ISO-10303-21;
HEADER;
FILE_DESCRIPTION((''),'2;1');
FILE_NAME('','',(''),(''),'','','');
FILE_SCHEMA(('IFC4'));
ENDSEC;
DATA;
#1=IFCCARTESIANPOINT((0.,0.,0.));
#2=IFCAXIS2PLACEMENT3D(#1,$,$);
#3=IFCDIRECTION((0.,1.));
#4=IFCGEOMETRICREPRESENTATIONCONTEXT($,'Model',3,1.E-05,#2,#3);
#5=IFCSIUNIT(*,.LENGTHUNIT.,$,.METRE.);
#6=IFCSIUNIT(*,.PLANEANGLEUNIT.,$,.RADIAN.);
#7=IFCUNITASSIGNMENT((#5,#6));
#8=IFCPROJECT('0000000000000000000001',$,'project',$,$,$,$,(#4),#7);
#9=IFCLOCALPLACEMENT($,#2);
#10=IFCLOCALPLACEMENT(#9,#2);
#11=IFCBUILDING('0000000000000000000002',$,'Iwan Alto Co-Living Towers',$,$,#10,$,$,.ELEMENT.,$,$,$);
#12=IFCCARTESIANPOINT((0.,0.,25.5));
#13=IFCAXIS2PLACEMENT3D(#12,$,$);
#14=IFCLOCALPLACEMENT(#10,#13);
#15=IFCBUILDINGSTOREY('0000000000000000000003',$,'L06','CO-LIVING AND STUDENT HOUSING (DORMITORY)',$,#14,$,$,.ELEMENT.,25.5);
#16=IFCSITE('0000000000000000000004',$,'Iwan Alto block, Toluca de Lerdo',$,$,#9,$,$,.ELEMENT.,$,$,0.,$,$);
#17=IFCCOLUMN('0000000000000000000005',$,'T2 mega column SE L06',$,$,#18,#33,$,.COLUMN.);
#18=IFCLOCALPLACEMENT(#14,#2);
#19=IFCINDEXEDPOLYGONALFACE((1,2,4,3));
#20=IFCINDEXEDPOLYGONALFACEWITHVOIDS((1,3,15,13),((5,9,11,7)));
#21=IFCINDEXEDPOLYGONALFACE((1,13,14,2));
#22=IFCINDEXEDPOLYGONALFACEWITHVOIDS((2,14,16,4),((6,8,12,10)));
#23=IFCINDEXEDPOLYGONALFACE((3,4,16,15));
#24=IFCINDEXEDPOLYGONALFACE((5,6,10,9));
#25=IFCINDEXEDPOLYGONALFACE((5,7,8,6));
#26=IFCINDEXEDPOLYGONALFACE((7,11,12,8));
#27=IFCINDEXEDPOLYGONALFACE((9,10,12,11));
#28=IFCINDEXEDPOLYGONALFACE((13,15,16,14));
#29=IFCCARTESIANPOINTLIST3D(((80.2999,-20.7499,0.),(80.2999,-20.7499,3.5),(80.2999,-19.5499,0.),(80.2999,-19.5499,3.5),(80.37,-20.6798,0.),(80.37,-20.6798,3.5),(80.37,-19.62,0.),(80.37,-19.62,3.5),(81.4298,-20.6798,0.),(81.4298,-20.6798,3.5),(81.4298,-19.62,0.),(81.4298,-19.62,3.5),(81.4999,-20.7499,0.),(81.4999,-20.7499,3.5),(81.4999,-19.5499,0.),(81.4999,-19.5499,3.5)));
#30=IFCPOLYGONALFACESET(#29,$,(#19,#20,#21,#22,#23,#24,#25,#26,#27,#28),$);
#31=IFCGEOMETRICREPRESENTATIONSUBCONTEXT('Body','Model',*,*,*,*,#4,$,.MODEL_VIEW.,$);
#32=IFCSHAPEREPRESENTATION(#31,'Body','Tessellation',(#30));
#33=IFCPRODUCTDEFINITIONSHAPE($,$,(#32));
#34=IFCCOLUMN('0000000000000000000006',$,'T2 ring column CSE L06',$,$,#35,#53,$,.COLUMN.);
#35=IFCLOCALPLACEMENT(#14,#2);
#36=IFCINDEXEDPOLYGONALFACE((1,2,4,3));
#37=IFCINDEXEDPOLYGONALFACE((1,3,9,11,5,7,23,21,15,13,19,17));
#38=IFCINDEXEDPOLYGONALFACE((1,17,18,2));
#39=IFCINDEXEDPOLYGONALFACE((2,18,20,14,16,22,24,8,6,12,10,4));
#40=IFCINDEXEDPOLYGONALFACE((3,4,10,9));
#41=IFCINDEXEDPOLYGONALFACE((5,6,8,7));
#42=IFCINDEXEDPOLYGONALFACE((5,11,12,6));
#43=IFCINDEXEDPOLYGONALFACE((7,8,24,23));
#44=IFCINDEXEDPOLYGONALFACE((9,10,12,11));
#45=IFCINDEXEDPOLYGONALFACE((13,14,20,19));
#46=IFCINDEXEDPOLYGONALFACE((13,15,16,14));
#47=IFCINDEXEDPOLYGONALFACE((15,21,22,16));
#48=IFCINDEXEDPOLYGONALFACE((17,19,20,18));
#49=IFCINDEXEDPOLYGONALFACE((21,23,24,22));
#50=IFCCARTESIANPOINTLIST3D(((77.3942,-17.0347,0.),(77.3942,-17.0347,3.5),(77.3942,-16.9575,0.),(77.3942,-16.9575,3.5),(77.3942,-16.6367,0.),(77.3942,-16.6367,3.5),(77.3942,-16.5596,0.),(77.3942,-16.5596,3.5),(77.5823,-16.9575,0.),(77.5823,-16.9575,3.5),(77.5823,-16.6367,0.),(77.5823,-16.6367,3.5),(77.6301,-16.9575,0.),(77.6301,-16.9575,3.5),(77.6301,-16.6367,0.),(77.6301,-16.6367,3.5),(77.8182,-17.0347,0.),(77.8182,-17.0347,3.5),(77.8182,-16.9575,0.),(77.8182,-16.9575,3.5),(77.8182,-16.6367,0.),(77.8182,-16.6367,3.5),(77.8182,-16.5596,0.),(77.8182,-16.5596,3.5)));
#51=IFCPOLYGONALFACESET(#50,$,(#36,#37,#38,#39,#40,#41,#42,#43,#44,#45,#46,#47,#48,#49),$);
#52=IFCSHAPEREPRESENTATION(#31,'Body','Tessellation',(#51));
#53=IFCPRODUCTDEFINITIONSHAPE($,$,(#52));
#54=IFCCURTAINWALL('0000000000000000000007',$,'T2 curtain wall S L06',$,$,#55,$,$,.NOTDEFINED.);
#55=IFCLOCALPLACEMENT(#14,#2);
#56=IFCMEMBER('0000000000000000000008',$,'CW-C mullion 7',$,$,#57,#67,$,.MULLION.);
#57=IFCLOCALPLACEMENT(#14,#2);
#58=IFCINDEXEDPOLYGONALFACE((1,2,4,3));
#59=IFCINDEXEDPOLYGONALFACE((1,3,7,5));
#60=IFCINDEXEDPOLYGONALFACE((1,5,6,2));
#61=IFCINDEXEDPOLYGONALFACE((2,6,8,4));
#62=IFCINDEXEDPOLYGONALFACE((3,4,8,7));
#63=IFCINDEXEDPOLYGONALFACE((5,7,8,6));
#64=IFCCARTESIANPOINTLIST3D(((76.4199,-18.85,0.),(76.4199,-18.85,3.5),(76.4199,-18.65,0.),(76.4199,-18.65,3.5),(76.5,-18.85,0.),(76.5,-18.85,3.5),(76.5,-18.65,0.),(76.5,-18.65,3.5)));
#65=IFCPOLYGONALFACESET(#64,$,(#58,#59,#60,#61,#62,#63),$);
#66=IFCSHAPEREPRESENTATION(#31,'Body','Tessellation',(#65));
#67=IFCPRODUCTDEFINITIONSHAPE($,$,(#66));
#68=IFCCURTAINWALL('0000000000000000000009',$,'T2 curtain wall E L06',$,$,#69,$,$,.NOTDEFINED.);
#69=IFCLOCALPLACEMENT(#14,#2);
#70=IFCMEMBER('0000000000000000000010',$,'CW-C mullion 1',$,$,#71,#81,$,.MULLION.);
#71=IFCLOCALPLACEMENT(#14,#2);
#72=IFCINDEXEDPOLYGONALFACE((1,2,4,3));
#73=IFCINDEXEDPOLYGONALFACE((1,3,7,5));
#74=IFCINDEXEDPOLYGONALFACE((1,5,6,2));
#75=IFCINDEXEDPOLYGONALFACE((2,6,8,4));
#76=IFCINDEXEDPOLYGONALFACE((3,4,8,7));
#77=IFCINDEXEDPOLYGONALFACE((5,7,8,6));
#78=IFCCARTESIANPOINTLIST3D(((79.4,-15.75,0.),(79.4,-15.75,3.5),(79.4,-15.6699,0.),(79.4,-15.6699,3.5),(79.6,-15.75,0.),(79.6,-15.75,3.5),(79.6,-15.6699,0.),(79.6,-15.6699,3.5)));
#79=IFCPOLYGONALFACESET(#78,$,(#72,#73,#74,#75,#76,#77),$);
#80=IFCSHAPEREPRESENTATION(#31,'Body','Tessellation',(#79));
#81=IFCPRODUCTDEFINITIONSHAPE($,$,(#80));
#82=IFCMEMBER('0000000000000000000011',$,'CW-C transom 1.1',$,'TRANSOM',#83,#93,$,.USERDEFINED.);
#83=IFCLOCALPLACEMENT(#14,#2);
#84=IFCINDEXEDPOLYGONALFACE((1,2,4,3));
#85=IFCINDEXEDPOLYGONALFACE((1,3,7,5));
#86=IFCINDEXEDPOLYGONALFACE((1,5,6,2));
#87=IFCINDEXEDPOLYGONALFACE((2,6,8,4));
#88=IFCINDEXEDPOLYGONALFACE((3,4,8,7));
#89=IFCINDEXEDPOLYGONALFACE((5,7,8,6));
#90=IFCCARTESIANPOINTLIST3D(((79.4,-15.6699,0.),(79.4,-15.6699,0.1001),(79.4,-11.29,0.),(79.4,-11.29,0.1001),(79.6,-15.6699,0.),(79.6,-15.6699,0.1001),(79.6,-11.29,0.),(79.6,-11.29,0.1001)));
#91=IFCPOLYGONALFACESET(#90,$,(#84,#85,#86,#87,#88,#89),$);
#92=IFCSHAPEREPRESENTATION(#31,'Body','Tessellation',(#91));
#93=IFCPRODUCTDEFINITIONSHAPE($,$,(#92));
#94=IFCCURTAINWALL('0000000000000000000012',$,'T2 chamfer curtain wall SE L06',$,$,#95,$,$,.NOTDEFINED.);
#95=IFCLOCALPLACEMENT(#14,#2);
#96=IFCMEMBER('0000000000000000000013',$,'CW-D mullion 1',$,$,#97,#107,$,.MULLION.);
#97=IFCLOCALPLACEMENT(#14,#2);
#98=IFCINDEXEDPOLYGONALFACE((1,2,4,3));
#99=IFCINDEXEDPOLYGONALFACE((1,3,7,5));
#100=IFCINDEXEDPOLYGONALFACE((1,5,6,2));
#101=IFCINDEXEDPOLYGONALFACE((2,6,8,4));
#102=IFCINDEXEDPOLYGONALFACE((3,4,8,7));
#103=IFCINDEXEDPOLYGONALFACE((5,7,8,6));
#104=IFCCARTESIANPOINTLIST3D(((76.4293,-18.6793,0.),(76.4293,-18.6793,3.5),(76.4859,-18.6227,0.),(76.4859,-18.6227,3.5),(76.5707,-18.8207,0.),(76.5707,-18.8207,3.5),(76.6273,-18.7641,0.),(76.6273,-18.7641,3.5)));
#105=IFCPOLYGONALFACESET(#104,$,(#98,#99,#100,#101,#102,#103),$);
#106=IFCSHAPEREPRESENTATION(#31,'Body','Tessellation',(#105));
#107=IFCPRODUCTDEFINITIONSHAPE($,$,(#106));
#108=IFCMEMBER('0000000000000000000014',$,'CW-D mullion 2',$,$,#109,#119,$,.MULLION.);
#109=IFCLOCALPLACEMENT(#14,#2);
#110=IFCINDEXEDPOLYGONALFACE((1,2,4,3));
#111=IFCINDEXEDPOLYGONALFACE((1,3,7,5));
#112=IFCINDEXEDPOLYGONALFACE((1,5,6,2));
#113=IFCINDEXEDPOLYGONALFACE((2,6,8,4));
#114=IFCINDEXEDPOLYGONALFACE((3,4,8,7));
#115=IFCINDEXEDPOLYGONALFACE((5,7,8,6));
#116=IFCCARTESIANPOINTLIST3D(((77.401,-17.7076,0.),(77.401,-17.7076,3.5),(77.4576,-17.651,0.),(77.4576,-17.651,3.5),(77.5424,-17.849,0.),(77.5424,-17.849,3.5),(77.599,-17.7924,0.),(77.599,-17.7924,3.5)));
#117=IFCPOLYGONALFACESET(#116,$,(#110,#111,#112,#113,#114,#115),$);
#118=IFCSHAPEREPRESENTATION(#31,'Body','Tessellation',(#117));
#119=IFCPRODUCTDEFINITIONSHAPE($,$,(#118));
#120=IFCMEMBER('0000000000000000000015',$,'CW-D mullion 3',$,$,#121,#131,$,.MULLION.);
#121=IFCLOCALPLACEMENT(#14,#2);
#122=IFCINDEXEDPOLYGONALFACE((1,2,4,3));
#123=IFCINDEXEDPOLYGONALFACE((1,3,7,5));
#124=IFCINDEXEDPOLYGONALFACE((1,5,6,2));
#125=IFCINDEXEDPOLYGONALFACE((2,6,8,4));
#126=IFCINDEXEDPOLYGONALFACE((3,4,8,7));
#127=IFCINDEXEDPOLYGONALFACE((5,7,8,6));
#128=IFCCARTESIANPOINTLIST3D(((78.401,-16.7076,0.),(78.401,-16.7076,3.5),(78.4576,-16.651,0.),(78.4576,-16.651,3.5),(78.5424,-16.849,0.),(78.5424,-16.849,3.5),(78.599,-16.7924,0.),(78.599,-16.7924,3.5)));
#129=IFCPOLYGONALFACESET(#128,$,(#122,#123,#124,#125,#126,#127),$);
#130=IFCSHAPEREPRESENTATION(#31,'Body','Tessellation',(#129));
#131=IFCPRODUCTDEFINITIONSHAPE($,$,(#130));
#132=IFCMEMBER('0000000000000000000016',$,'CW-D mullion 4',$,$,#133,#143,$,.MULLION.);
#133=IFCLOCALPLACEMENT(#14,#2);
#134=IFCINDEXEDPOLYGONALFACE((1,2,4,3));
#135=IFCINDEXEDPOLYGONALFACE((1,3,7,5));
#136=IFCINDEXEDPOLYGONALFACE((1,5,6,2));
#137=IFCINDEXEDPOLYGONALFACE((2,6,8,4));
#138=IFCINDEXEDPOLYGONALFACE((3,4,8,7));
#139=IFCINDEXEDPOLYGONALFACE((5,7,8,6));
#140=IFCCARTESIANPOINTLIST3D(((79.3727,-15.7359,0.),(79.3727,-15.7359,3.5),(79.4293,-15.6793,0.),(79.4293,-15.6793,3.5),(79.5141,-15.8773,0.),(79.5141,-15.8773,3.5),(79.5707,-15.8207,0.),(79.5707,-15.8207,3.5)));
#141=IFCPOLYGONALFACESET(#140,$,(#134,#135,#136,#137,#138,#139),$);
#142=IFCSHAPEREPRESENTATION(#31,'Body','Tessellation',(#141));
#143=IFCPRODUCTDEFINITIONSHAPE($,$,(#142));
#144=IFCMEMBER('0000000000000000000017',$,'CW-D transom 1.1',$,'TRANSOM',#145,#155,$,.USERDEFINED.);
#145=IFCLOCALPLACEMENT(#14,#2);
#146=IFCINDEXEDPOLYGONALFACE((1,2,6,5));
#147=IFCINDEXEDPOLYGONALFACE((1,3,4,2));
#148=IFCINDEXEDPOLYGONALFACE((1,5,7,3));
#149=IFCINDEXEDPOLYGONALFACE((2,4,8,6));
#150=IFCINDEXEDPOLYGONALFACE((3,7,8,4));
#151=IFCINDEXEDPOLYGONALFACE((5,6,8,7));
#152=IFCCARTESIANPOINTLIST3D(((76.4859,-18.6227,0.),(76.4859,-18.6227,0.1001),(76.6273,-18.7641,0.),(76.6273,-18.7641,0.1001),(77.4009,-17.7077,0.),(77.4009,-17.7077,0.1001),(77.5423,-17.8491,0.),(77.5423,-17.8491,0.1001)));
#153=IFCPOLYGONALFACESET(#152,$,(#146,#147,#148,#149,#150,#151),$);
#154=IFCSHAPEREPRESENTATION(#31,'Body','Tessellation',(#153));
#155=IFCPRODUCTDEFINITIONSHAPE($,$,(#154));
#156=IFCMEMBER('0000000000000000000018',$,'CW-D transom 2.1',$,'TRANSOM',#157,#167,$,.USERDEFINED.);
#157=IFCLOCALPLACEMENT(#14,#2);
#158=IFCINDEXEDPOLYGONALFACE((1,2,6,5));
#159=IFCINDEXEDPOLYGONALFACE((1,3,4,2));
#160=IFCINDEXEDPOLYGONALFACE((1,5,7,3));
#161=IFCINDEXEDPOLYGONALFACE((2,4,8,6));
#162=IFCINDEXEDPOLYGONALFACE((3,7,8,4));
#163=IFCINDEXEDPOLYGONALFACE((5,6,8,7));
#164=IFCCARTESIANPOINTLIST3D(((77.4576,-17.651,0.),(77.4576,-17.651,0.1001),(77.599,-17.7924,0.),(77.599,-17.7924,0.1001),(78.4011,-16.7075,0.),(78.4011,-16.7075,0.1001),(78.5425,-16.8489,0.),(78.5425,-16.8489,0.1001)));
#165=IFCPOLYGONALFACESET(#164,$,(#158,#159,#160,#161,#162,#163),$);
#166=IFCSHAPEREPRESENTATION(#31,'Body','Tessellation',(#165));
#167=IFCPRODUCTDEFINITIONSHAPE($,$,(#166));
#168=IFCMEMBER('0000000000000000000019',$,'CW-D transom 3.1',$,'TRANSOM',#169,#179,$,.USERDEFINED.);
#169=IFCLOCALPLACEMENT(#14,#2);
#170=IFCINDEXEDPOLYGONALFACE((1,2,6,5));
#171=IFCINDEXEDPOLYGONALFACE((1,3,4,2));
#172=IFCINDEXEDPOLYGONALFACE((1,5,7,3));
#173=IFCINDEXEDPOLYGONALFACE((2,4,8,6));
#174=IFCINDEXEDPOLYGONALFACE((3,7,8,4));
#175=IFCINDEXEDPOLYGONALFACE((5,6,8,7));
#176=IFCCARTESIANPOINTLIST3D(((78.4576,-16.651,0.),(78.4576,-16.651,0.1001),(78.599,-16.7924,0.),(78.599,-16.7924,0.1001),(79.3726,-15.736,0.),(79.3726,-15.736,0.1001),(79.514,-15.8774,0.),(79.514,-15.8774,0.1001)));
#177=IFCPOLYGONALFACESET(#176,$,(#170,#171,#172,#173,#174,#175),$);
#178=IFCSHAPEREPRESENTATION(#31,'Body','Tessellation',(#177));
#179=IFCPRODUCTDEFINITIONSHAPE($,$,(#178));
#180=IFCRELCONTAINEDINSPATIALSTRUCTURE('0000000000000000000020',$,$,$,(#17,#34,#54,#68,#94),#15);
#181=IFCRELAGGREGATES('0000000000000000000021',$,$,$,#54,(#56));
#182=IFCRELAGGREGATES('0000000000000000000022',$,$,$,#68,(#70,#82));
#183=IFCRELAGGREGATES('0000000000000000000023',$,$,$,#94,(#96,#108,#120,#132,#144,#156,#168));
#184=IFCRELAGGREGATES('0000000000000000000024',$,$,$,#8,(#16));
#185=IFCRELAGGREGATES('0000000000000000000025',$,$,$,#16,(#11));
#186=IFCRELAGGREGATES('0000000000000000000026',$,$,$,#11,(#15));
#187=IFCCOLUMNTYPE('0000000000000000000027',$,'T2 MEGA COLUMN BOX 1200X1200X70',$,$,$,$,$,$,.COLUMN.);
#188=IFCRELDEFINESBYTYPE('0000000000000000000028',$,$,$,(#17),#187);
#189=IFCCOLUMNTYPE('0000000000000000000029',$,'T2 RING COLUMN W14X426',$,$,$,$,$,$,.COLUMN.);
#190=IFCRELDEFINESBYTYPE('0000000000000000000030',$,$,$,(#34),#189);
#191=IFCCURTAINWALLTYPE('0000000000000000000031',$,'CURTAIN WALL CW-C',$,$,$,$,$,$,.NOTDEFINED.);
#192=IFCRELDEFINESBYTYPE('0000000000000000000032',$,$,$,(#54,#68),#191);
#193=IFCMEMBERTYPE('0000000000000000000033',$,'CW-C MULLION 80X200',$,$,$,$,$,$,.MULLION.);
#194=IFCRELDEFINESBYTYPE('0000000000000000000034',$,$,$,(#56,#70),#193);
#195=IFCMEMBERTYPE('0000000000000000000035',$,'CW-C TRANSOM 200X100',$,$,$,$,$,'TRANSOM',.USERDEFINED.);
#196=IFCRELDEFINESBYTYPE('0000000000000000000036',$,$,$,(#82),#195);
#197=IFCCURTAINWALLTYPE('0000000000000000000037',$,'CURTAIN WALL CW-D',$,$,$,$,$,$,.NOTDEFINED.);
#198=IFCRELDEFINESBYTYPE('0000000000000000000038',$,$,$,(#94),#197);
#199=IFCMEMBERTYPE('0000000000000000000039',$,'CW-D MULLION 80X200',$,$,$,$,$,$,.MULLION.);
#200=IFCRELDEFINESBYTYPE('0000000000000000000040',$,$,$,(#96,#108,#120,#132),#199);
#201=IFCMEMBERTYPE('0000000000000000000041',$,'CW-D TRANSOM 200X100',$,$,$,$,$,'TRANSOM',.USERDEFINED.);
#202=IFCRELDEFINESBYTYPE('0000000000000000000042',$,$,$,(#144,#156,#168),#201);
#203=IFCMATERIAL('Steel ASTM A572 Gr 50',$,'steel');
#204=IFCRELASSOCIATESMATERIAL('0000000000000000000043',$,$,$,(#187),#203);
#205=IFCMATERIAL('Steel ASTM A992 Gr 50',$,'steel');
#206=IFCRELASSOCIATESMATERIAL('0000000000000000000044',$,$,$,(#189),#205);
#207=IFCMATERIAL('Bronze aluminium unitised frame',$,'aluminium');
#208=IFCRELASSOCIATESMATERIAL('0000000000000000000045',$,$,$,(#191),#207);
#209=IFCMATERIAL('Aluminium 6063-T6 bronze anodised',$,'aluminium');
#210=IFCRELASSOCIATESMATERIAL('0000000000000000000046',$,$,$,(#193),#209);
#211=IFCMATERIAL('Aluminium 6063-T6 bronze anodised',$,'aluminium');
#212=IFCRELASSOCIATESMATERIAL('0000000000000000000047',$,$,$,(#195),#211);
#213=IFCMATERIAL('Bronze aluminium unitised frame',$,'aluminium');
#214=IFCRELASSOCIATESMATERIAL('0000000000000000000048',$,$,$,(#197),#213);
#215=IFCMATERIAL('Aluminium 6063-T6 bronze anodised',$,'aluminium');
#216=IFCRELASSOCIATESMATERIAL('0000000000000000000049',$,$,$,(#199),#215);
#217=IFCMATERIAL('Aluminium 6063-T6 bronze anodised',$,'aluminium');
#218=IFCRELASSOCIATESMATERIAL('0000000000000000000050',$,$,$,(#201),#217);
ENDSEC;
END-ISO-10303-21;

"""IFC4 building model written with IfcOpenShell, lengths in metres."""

from ifc_helpers import new_model, si_unit, direction, frame, origin, origin_2d, place, context, subcontext, project, spatial, rectangle, hollow_rectangle, i_section, extrude, material, material_profile, profile_set, type_object, element, aggregate, save


model = new_model("IFC4")

# Units and contexts
model_context = context("Model", 3, precision=1e-05, world=origin(), true_north=direction((0.0, 1.0)))
body_context = subcontext(model_context, "Body", "Model", "MODEL_VIEW")
ifc_project = project(units=[si_unit("LENGTHUNIT", "METRE"), si_unit("PLANEANGLEUNIT", "RADIAN")], contexts=[model_context])

# Site, building, storey
site_placement = place(None, origin())
site = spatial("IfcSite", under=ifc_project, at=site_placement, Name="Iwan Alto block, Toluca de Lerdo", CompositionType="ELEMENT", RefElevation=0.0)
building_placement = place(site_placement, origin())
building = spatial("IfcBuilding", under=site, at=building_placement, Name="Iwan Alto Co-Living Towers", CompositionType="ELEMENT")
storey_placement = place(building_placement, frame((0.0, 0.0, 25.5)))
storey = spatial("IfcBuildingStorey", under=building, at=storey_placement, Name="L06", Description="CO-LIVING AND STUDENT HOUSING (DORMITORY)", CompositionType="ELEMENT", Elevation=25.5)

# Columns
ifc_material_1 = material(Name="Steel ASTM A572 Gr 50", Category="steel")
ifc_material_profile_1 = material_profile(ifc_material_1, hollow_rectangle(XDim=1.2, YDim=1.2, WallThickness=0.0701, at=origin_2d()), Name="BOX 1200X1200X70")
ifc_profile_set_1 = profile_set([ifc_material_profile_1], Name="Steel ASTM A572 Gr 50")
column_type_1 = type_object("IfcColumnType", Name="T2 MEGA COLUMN BOX 1200X1200X70", PredefinedType="COLUMN", material=ifc_profile_set_1)
column_1_placement = place(storey_placement, frame((80.8999, -20.1499, 0.0), z_axis=(0.0, 0.0, 1.0), x_axis=(1.0, 0.0, 0.0)))
element("IfcColumn", 1, at=column_1_placement, inside=storey, type_object=column_type_1, Name="T2 mega column SE L06", PredefinedType="COLUMN", context=body_context, shape_type="SweptSolid", body=[
    extrude(hollow_rectangle(XDim=1.2, YDim=1.2, WallThickness=0.0701, at=origin_2d()), origin(), (0.0, 0.0, 1.0), 3.5),
])
ifc_material_2 = material(Name="Steel ASTM A992 Gr 50", Category="steel")
ifc_material_profile_2 = material_profile(ifc_material_2, i_section(OverallWidth=0.4241, OverallDepth=0.4751, WebThickness=0.0479, FlangeThickness=0.0771, at=origin_2d()), Name="W14X426")
ifc_profile_set_2 = profile_set([ifc_material_profile_2], Name="Steel ASTM A992 Gr 50")
column_type_2 = type_object("IfcColumnType", Name="T2 RING COLUMN W14X426", PredefinedType="COLUMN", material=ifc_profile_set_2)
column_2_placement = place(storey_placement, frame((77.6062, -16.7971, 0.0), z_axis=(0.0, 0.0, 1.0), x_axis=(1.0, 0.0, 0.0)))
element("IfcColumn", 2, at=column_2_placement, inside=storey, type_object=column_type_2, Name="T2 ring column CSE L06", PredefinedType="COLUMN", context=body_context, shape_type="SweptSolid", body=[
    extrude(i_section(OverallWidth=0.4241, OverallDepth=0.4751, WebThickness=0.0479, FlangeThickness=0.0771, at=origin_2d()), origin(), (0.0, 0.0, 1.0), 3.5),
])

# Curtain wall, member
ifc_material_3 = material(Name="Bronze aluminium unitised frame", Category="aluminium")
curtain_wall_type_1 = type_object("IfcCurtainWallType", Name="CURTAIN WALL CW-C", PredefinedType="NOTDEFINED", material=ifc_material_3)
curtain_wall_1_placement = place(storey_placement, origin())
curtain_wall_1 = element("IfcCurtainWall", 3, at=curtain_wall_1_placement, inside=storey, type_object=curtain_wall_type_1, Name="T2 curtain wall S L06", PredefinedType="NOTDEFINED")
ifc_material_4 = material(Name="Aluminium 6063-T6 bronze anodised", Category="aluminium")
ifc_material_profile_3 = material_profile(ifc_material_4, rectangle(XDim=0.2, YDim=0.0801, at=origin_2d()), Name="AL 80X200")
ifc_profile_set_3 = profile_set([ifc_material_profile_3], Name="Aluminium 6063-T6 bronze anodised")
member_type_1 = type_object("IfcMemberType", Name="CW-C MULLION 80X200", PredefinedType="MULLION", material=ifc_profile_set_3)
member_1_placement = place(storey_placement, frame((76.46, -18.75, 0.0), z_axis=(0.0, 0.0, 1.0), x_axis=(0.0, 1.0, 0.0)))
member_1 = element("IfcMember", 4, at=member_1_placement, type_object=member_type_1, Name="CW-C mullion 7", PredefinedType="MULLION", context=body_context, shape_type="SweptSolid", body=[
    extrude(rectangle(XDim=0.2, YDim=0.0801, at=origin_2d()), origin(), (0.0, 0.0, 1.0), 3.5),
])

# Curtain walls, members
curtain_wall_2_placement = place(storey_placement, origin())
curtain_wall_2 = element("IfcCurtainWall", 5, at=curtain_wall_2_placement, inside=storey, type_object=curtain_wall_type_1, Name="T2 curtain wall E L06", PredefinedType="NOTDEFINED")
member_2_placement = place(storey_placement, frame((79.5, -15.71, 0.0), z_axis=(0.0, 0.0, 1.0), x_axis=(-1.0, 0.0, 0.0)))
member_2 = element("IfcMember", 6, at=member_2_placement, type_object=member_type_1, Name="CW-C mullion 1", PredefinedType="MULLION", context=body_context, shape_type="SweptSolid", body=[
    extrude(rectangle(XDim=0.2, YDim=0.0801, at=origin_2d()), origin(), (0.0, 0.0, 1.0), 3.5),
])
ifc_material_5 = material(Name="Aluminium 6063-T6 bronze anodised", Category="aluminium")
ifc_material_profile_4 = material_profile(ifc_material_5, rectangle(XDim=0.2, YDim=0.1001, at=origin_2d()), Name="AL 200X100")
ifc_profile_set_4 = profile_set([ifc_material_profile_4], Name="Aluminium 6063-T6 bronze anodised")
member_type_2 = type_object("IfcMemberType", Name="CW-C TRANSOM 200X100", ElementType="TRANSOM", PredefinedType="USERDEFINED", material=ifc_profile_set_4)
member_3_placement = place(storey_placement, frame((79.5, -15.6699, 0.05), z_axis=(0.0, 1.0, 0.0), x_axis=(-1.0, 0.0, 0.0)))
member_3 = element("IfcMember", 7, at=member_3_placement, type_object=member_type_2, Name="CW-C transom 1.1", ObjectType="TRANSOM", PredefinedType="USERDEFINED", context=body_context, shape_type="SweptSolid", body=[
    extrude(rectangle(XDim=0.2, YDim=0.1001, at=origin_2d()), origin(), (0.0, 0.0, 1.0), 4.3799),
])
ifc_material_6 = material(Name="Bronze aluminium unitised frame", Category="aluminium")
curtain_wall_type_2 = type_object("IfcCurtainWallType", Name="CURTAIN WALL CW-D", PredefinedType="NOTDEFINED", material=ifc_material_6)
curtain_wall_3_placement = place(storey_placement, origin())
curtain_wall_3 = element("IfcCurtainWall", 8, at=curtain_wall_3_placement, inside=storey, type_object=curtain_wall_type_2, Name="T2 chamfer curtain wall SE L06", PredefinedType="NOTDEFINED")
ifc_material_7 = material(Name="Aluminium 6063-T6 bronze anodised", Category="aluminium")
ifc_material_profile_5 = material_profile(ifc_material_7, rectangle(XDim=0.2, YDim=0.0801, at=origin_2d()), Name="AL 80X200")
ifc_profile_set_5 = profile_set([ifc_material_profile_5], Name="Aluminium 6063-T6 bronze anodised")
member_type_3 = type_object("IfcMemberType", Name="CW-D MULLION 80X200", PredefinedType="MULLION", material=ifc_profile_set_5)
member_4_placement = place(storey_placement, frame((76.5283, -18.7217, 0.0), z_axis=(0.0, 0.0, 1.0), x_axis=(-0.707107, 0.707107, 0.0)))
member_4 = element("IfcMember", 9, at=member_4_placement, type_object=member_type_3, Name="CW-D mullion 1", PredefinedType="MULLION", context=body_context, shape_type="SweptSolid", body=[
    extrude(rectangle(XDim=0.2, YDim=0.0801, at=origin_2d()), origin(), (0.0, 0.0, 1.0), 3.5),
])
member_5_placement = place(storey_placement, frame((77.5, -17.75, 0.0), z_axis=(0.0, 0.0, 1.0), x_axis=(-0.707107, 0.707107, 0.0)))
member_5 = element("IfcMember", 10, at=member_5_placement, type_object=member_type_3, Name="CW-D mullion 2", PredefinedType="MULLION", context=body_context, shape_type="SweptSolid", body=[
    extrude(rectangle(XDim=0.2, YDim=0.0801, at=origin_2d()), origin(), (0.0, 0.0, 1.0), 3.5),
])
member_6_placement = place(storey_placement, frame((78.5, -16.75, 0.0), z_axis=(0.0, 0.0, 1.0), x_axis=(-0.707107, 0.707107, 0.0)))
member_6 = element("IfcMember", 11, at=member_6_placement, type_object=member_type_3, Name="CW-D mullion 3", PredefinedType="MULLION", context=body_context, shape_type="SweptSolid", body=[
    extrude(rectangle(XDim=0.2, YDim=0.0801, at=origin_2d()), origin(), (0.0, 0.0, 1.0), 3.5),
])
member_7_placement = place(storey_placement, frame((79.4717, -15.7783, 0.0), z_axis=(0.0, 0.0, 1.0), x_axis=(-0.707107, 0.707107, 0.0)))
member_7 = element("IfcMember", 12, at=member_7_placement, type_object=member_type_3, Name="CW-D mullion 4", PredefinedType="MULLION", context=body_context, shape_type="SweptSolid", body=[
    extrude(rectangle(XDim=0.2, YDim=0.0801, at=origin_2d()), origin(), (0.0, 0.0, 1.0), 3.5),
])
ifc_material_8 = material(Name="Aluminium 6063-T6 bronze anodised", Category="aluminium")
ifc_material_profile_6 = material_profile(ifc_material_8, rectangle(XDim=0.2, YDim=0.1001, at=origin_2d()), Name="AL 200X100")
ifc_profile_set_6 = profile_set([ifc_material_profile_6], Name="Aluminium 6063-T6 bronze anodised")
member_type_4 = type_object("IfcMemberType", Name="CW-D TRANSOM 200X100", ElementType="TRANSOM", PredefinedType="USERDEFINED", material=ifc_profile_set_6)
member_8_placement = place(storey_placement, frame((76.5566, -18.6934, 0.05), z_axis=(0.707107, 0.707107, 0.0), x_axis=(-0.707107, 0.707107, 0.0)))
member_8 = element("IfcMember", 13, at=member_8_placement, type_object=member_type_4, Name="CW-D transom 1.1", ObjectType="TRANSOM", PredefinedType="USERDEFINED", context=body_context, shape_type="SweptSolid", body=[
    extrude(rectangle(XDim=0.2, YDim=0.1001, at=origin_2d()), origin(), (0.0, 0.0, 1.0), 1.2939),
])
member_9_placement = place(storey_placement, frame((77.5283, -17.7217, 0.05), z_axis=(0.707107, 0.707107, 0.0), x_axis=(-0.707107, 0.707107, 0.0)))
member_9 = element("IfcMember", 14, at=member_9_placement, type_object=member_type_4, Name="CW-D transom 2.1", ObjectType="TRANSOM", PredefinedType="USERDEFINED", context=body_context, shape_type="SweptSolid", body=[
    extrude(rectangle(XDim=0.2, YDim=0.1001, at=origin_2d()), origin(), (0.0, 0.0, 1.0), 1.3342),
])
member_10_placement = place(storey_placement, frame((78.5283, -16.7217, 0.05), z_axis=(0.707107, 0.707107, 0.0), x_axis=(-0.707107, 0.707107, 0.0)))
member_10 = element("IfcMember", 15, at=member_10_placement, type_object=member_type_4, Name="CW-D transom 3.1", ObjectType="TRANSOM", PredefinedType="USERDEFINED", context=body_context, shape_type="SweptSolid", body=[
    extrude(rectangle(XDim=0.2, YDim=0.1001, at=origin_2d()), origin(), (0.0, 0.0, 1.0), 1.2939),
])

aggregate(curtain_wall_1, [member_1])
aggregate(curtain_wall_2, [member_2, member_3])
aggregate(curtain_wall_3, [member_4, member_5, member_6, member_7, member_8, member_9, member_10])

save(model, "model.ifc")
